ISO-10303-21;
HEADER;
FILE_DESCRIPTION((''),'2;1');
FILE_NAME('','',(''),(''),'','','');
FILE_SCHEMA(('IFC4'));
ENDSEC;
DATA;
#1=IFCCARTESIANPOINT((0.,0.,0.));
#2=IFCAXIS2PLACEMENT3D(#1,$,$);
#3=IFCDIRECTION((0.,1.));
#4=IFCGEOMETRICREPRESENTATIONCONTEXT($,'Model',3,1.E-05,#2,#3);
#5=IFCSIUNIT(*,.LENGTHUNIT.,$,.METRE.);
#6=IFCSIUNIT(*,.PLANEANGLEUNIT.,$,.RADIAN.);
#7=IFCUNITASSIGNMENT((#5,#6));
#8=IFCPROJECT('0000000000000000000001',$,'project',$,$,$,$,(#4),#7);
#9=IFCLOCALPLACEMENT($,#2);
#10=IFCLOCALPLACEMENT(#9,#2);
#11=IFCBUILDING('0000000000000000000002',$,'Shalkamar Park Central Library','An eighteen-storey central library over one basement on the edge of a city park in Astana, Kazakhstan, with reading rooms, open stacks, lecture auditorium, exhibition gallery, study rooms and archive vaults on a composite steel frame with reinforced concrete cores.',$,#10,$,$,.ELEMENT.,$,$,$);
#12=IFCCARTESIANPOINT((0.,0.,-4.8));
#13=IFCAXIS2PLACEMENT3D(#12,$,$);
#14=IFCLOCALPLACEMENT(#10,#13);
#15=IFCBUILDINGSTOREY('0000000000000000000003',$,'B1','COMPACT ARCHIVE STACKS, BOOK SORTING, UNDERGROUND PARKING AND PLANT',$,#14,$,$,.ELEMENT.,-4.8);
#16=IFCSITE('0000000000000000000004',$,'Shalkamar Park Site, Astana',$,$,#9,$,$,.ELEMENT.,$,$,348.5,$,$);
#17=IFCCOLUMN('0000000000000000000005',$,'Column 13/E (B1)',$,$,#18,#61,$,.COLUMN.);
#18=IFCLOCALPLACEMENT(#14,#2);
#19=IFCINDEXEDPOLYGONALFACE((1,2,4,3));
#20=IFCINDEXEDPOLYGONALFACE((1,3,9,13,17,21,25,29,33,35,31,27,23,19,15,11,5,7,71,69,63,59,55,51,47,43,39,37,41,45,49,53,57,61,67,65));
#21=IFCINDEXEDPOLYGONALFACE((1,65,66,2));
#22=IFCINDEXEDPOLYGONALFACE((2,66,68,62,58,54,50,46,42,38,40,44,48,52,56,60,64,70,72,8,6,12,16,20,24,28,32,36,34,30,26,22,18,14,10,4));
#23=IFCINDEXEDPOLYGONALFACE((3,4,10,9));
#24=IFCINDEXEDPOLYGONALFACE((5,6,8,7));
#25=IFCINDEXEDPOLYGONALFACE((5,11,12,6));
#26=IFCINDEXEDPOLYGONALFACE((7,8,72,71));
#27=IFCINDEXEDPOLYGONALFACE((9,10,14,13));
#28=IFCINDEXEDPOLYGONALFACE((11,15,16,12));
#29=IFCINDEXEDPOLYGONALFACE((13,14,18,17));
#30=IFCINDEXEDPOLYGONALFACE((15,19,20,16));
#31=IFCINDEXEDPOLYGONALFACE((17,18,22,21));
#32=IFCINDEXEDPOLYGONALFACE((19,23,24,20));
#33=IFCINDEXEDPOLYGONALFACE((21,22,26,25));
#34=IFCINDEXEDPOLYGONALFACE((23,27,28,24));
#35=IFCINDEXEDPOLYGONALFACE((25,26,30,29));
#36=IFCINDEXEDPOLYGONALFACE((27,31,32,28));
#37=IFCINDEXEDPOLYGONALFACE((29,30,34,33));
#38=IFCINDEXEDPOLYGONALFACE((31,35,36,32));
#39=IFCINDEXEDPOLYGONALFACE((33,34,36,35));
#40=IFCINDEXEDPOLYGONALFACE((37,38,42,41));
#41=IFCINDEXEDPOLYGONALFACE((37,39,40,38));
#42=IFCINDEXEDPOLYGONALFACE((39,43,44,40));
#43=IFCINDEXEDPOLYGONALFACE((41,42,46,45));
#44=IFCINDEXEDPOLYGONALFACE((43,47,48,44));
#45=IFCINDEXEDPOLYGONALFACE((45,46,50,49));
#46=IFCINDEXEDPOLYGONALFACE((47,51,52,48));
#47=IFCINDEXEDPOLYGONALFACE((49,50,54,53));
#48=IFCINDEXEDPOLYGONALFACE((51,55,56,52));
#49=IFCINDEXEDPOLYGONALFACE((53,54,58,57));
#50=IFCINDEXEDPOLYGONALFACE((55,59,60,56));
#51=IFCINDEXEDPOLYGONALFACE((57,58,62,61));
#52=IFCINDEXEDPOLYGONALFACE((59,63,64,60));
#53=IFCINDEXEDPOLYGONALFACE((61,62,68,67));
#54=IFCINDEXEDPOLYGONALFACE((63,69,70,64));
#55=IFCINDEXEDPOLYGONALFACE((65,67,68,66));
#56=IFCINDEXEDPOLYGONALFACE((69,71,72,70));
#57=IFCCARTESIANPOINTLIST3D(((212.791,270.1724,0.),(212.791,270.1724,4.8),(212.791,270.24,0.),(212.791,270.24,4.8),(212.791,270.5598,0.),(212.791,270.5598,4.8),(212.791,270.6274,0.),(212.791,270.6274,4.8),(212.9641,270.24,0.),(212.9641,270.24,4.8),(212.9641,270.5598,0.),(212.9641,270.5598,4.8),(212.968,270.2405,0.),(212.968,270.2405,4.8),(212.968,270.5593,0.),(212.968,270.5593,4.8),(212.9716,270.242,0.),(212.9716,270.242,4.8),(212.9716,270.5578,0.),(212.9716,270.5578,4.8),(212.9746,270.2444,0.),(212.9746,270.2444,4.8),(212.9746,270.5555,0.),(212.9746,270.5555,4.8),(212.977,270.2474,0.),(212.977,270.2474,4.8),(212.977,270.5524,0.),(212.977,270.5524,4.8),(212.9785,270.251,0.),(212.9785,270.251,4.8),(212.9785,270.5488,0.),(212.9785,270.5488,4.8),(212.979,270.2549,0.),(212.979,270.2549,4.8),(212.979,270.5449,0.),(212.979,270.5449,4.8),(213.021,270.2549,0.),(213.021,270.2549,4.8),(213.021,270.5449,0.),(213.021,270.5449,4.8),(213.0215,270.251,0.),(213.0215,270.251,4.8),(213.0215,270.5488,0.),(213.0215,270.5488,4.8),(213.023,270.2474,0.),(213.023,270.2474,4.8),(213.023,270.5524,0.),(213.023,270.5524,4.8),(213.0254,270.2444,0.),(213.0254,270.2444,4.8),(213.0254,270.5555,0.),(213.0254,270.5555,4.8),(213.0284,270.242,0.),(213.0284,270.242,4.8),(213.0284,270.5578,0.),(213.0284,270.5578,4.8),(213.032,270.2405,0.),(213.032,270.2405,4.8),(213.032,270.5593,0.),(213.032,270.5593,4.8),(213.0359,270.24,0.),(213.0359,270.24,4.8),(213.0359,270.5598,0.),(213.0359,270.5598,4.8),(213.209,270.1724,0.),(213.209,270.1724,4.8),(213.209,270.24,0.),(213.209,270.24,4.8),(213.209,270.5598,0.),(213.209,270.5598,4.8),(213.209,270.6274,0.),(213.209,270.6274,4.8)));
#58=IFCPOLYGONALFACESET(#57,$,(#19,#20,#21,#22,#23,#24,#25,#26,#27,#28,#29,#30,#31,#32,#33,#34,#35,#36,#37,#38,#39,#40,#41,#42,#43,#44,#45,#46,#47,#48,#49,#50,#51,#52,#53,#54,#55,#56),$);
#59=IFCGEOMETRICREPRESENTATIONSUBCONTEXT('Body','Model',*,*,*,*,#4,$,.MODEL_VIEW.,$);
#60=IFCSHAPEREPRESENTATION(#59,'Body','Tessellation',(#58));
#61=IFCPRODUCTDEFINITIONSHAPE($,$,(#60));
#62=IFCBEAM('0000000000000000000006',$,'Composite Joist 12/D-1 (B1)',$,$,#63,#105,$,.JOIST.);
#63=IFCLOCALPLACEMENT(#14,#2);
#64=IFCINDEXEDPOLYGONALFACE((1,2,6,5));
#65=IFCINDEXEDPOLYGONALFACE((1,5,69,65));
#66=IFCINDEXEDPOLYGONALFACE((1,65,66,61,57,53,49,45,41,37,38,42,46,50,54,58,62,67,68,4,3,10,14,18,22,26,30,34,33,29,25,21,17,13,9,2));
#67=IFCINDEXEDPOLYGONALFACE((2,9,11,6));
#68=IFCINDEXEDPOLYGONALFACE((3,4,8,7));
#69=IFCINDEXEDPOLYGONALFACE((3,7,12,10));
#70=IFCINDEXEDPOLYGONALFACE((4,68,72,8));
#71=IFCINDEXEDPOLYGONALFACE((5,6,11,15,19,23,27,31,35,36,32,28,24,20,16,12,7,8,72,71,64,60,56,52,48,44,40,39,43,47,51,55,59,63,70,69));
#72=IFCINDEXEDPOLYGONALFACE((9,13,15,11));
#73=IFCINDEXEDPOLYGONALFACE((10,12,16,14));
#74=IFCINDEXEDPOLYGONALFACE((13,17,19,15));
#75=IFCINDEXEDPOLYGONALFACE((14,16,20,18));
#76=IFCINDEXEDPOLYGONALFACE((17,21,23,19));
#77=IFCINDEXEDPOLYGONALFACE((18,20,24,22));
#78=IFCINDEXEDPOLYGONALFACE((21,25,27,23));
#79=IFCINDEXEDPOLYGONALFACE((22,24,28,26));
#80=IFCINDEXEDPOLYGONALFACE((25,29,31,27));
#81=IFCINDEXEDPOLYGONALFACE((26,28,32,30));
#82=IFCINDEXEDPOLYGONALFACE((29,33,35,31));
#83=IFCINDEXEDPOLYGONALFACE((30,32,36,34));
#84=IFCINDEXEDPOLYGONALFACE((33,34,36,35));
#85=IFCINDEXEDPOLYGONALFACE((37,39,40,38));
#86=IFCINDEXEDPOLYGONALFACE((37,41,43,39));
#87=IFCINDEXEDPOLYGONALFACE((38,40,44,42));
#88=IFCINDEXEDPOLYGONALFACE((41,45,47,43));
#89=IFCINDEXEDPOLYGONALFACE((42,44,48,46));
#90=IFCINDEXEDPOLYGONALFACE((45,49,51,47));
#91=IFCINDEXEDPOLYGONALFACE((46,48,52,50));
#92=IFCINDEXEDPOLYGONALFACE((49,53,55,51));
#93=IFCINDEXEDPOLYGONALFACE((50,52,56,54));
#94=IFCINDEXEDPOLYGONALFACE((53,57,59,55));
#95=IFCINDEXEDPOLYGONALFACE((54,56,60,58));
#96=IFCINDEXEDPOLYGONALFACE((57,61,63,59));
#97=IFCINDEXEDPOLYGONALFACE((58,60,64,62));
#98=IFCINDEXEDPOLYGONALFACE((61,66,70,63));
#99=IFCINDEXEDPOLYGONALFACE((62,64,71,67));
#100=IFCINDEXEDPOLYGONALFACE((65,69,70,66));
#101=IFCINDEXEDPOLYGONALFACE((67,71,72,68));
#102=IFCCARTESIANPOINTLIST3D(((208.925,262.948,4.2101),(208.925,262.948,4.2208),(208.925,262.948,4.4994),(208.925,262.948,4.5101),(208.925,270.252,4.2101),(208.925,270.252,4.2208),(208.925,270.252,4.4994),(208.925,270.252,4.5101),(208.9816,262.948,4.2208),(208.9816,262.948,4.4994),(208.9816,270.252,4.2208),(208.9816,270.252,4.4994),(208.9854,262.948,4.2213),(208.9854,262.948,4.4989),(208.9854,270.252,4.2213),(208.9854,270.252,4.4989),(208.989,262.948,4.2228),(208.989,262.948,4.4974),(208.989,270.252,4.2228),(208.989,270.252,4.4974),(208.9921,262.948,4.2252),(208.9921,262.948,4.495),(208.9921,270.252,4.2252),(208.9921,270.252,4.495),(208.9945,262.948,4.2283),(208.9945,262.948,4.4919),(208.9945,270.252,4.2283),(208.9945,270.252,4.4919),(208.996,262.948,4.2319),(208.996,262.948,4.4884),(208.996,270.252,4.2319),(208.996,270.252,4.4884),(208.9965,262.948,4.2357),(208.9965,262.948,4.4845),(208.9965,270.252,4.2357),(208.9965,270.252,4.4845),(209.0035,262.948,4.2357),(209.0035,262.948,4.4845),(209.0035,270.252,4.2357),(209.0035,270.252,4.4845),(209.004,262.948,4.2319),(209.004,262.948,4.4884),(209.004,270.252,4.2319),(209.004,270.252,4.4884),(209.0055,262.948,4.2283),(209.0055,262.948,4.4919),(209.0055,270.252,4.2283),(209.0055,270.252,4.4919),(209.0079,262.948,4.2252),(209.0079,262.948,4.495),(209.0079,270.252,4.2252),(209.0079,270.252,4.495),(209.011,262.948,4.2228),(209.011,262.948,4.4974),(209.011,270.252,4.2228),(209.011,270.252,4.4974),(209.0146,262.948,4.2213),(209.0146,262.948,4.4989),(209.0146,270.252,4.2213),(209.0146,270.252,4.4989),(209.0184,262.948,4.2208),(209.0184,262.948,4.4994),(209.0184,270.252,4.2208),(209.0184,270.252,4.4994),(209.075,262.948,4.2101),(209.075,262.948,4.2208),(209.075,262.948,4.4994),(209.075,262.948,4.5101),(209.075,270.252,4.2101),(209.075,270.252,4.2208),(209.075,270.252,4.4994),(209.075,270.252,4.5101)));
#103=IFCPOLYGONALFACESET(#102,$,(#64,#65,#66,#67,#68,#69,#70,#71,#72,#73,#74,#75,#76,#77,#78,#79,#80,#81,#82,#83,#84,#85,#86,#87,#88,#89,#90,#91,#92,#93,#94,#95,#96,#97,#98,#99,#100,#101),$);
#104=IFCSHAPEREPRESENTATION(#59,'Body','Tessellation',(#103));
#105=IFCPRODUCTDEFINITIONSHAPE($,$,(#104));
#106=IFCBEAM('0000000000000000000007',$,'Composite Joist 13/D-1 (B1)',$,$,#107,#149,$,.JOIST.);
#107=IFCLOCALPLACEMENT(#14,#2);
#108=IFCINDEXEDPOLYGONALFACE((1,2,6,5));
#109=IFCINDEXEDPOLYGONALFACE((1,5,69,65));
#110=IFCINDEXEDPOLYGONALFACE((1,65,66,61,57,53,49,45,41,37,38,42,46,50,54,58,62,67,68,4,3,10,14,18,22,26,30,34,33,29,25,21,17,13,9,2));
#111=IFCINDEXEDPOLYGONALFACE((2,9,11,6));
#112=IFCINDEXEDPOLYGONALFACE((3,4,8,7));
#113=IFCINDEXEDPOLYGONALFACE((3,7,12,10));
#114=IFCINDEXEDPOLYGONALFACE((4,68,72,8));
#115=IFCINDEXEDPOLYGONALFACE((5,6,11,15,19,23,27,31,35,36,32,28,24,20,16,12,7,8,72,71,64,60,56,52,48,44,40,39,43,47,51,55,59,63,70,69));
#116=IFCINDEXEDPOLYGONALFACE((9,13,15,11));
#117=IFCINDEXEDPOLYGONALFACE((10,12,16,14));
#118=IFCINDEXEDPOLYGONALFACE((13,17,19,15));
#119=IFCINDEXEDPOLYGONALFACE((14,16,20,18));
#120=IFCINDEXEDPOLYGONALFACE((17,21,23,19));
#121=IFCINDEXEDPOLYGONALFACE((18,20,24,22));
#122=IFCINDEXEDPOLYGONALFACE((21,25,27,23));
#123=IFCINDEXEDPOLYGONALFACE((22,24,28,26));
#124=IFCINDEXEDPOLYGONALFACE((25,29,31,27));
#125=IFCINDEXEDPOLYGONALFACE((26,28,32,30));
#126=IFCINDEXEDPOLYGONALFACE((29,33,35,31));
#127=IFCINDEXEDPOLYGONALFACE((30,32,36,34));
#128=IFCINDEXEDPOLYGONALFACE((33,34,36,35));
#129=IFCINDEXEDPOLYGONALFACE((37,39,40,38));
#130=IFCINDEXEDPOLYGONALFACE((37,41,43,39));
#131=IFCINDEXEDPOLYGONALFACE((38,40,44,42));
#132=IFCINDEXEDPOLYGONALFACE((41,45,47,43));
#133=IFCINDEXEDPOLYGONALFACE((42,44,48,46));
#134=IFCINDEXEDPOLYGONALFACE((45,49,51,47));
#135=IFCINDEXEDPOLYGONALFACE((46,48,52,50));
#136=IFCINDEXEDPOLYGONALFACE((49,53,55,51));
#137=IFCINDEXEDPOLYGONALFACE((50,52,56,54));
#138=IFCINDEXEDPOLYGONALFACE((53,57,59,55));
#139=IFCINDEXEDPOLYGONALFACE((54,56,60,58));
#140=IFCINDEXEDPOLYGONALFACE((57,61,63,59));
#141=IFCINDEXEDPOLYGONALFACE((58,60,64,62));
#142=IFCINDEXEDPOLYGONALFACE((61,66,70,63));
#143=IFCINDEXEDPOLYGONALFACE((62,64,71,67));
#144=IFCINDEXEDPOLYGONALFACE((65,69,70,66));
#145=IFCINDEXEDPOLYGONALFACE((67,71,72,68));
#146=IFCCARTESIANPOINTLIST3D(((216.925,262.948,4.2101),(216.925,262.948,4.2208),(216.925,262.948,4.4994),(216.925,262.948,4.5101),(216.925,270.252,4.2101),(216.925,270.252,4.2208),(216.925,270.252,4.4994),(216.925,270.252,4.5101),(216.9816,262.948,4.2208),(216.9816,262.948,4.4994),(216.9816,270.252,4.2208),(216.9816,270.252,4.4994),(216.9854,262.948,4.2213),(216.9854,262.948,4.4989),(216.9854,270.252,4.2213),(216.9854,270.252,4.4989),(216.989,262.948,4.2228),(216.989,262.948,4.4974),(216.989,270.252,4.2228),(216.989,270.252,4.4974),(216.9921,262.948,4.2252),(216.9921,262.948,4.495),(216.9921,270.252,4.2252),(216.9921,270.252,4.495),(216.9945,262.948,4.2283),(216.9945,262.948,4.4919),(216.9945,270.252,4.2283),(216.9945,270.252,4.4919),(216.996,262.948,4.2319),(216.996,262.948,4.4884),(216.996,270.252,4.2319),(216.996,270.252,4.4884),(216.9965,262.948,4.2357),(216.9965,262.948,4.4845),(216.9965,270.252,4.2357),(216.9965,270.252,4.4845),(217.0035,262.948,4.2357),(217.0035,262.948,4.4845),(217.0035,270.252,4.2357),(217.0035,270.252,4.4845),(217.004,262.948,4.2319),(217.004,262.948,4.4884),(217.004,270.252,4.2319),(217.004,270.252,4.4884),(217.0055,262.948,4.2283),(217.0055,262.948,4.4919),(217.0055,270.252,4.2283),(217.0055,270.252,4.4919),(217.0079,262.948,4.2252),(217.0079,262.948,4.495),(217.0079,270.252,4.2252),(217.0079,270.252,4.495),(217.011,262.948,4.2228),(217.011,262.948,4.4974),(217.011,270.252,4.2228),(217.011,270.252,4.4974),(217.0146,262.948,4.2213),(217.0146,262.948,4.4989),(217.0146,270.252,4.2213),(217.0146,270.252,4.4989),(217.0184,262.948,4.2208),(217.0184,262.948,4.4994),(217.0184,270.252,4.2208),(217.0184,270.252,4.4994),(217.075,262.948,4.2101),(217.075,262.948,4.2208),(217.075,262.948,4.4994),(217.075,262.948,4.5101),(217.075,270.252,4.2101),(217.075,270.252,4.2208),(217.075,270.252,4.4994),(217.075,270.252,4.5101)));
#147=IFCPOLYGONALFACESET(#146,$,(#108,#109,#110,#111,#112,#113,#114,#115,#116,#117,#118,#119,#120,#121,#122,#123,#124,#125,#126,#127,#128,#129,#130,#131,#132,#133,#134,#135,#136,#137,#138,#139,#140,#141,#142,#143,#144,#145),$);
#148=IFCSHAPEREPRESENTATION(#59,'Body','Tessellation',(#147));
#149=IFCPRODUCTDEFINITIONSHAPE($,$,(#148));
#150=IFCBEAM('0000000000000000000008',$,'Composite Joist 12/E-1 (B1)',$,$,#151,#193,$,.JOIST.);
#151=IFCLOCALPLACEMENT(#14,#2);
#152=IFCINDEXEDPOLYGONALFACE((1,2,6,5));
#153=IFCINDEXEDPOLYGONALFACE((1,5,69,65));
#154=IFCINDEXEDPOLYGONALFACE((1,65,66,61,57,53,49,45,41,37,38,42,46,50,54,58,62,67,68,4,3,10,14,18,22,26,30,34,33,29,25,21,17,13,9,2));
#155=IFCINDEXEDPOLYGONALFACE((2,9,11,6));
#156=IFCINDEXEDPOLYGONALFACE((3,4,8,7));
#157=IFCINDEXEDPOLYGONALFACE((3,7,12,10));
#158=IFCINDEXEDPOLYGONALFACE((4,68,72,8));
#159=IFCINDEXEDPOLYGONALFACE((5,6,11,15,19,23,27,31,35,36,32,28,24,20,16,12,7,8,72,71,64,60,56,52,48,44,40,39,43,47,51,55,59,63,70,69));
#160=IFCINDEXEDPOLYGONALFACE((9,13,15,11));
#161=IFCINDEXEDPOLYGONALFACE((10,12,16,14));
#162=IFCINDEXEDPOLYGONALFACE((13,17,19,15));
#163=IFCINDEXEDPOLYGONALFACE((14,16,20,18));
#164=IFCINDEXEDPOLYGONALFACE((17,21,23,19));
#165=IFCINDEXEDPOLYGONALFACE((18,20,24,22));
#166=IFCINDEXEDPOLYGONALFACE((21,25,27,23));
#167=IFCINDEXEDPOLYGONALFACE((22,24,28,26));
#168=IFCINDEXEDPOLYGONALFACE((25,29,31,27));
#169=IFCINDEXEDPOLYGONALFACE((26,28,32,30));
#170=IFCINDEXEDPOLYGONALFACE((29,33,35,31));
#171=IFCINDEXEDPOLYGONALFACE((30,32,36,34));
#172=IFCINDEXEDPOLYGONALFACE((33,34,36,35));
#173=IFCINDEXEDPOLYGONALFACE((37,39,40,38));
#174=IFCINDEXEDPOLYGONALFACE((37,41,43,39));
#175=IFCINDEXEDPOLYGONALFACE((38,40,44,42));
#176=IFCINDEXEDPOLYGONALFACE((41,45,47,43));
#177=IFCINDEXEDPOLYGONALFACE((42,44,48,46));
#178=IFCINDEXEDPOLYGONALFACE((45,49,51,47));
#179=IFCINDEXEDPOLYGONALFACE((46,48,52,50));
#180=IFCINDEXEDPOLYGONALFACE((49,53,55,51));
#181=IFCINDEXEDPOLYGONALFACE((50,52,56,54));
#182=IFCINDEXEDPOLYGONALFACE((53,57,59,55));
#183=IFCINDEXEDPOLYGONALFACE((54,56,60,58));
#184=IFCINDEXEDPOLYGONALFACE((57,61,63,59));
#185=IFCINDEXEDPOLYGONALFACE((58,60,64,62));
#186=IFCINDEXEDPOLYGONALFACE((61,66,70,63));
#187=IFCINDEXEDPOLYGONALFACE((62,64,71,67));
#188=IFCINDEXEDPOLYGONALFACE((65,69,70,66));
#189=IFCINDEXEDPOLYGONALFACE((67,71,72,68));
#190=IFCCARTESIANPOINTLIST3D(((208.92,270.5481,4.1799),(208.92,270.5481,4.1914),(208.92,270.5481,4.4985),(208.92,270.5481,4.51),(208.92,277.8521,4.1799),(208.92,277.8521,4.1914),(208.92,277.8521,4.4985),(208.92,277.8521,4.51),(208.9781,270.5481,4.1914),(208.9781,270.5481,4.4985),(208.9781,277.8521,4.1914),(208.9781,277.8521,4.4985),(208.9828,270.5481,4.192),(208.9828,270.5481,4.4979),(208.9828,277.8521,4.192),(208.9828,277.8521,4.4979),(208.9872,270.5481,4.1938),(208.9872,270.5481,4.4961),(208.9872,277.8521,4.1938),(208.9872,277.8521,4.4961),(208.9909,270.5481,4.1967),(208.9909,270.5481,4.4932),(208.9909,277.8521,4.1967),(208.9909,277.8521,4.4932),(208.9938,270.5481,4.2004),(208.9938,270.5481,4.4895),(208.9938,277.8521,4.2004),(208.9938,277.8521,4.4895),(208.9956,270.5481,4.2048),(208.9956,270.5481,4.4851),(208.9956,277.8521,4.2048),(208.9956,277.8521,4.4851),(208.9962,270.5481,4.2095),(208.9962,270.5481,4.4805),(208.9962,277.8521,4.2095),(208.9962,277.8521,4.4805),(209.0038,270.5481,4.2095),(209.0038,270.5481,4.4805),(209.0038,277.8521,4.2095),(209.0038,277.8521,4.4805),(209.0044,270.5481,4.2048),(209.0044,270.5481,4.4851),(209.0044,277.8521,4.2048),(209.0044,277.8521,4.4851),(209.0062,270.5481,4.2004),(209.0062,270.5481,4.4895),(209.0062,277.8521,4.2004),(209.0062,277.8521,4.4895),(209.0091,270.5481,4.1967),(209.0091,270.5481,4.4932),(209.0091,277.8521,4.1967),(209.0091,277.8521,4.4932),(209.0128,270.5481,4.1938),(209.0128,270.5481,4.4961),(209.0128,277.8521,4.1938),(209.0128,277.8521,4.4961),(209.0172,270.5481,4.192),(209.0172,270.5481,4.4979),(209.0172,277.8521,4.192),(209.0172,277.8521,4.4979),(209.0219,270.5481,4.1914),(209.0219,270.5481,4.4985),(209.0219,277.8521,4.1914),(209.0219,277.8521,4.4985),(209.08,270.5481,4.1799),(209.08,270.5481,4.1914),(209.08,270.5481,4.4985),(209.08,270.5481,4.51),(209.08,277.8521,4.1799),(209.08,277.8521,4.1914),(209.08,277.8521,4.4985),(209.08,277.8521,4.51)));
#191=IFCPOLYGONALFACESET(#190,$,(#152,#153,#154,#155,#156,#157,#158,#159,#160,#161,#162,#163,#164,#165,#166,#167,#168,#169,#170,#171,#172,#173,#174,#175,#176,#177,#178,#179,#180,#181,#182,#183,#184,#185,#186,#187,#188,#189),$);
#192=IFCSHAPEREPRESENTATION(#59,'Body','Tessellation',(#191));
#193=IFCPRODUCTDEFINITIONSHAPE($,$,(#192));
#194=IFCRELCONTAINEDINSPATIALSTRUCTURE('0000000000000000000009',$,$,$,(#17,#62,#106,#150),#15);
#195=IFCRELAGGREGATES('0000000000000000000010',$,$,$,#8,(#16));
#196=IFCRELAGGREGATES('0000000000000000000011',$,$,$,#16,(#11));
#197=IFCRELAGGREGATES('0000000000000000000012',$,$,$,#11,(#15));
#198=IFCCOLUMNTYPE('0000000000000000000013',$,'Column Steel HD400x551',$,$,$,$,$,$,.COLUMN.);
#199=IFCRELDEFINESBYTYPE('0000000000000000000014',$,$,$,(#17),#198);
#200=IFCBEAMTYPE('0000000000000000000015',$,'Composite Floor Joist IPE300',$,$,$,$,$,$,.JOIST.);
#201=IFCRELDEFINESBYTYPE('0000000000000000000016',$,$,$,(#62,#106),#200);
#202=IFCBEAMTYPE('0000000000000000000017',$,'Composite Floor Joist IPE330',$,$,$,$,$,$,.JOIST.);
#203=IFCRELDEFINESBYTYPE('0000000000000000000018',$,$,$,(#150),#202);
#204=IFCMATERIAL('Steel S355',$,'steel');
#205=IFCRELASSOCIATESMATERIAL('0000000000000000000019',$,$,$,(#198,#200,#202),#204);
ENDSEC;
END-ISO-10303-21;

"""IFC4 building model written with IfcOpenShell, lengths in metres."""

from ifc_helpers import new_model, si_unit, direction, frame, origin, origin_2d, place, context, subcontext, project, spatial, i_section, extrude, material, material_profile, profile_set, type_object, element, save


model = new_model("IFC4")

# Units and contexts
model_context = context("Model", 3, precision=1e-05, world=origin(), true_north=direction((0.0, 1.0)))
body_context = subcontext(model_context, "Body", "Model", "MODEL_VIEW")
ifc_project = project(units=[si_unit("LENGTHUNIT", "METRE"), si_unit("PLANEANGLEUNIT", "RADIAN")], contexts=[model_context])

# Site, building, storey
site_placement = place(None, origin())
site = spatial("IfcSite", under=ifc_project, at=site_placement, Name="Shalkamar Park Site, Astana", CompositionType="ELEMENT", RefElevation=348.5)
building_placement = place(site_placement, origin())
building = spatial("IfcBuilding", under=site, at=building_placement, Name="Shalkamar Park Central Library", Description="An eighteen-storey central library over one basement on the edge of a city park in Astana, Kazakhstan, with reading rooms, open stacks, lecture auditorium, exhibition gallery, study rooms and archive vaults on a composite steel frame with reinforced concrete cores.", CompositionType="ELEMENT")
storey_placement = place(building_placement, frame((0.0, 0.0, -4.8)))
storey = spatial("IfcBuildingStorey", under=building, at=storey_placement, Name="B1", Description="COMPACT ARCHIVE STACKS, BOOK SORTING, UNDERGROUND PARKING AND PLANT", CompositionType="ELEMENT", Elevation=-4.8)

# Column
ifc_material_1 = material(Name="Steel S355", Category="steel")
ifc_material_profile_1 = material_profile(ifc_material_1, i_section(OverallWidth=0.418, OverallDepth=0.4551, WebThickness=0.042, FlangeThickness=0.0676, FilletRadius=0.0149, at=origin_2d()), Name="HD 400x551")
ifc_profile_set_1 = profile_set([ifc_material_profile_1], Name="Steel S355")
column_type = type_object("IfcColumnType", Name="Column Steel HD400x551", PredefinedType="COLUMN", material=ifc_profile_set_1)
column_placement = place(storey_placement, frame((213.0, 270.3999, 0.0), z_axis=(0.0, 0.0, 1.0), x_axis=(1.0, 0.0, 0.0)))
element("IfcColumn", 1, at=column_placement, inside=storey, type_object=column_type, Name="Column 13/E (B1)", PredefinedType="COLUMN", context=body_context, shape_type="SweptSolid", body=[
    extrude(i_section(OverallWidth=0.418, OverallDepth=0.4551, WebThickness=0.042, FlangeThickness=0.0676, FilletRadius=0.0149, at=origin_2d()), origin(), (0.0, 0.0, 1.0), 4.8),
])

# Beams
ifc_material_profile_2 = material_profile(ifc_material_1, i_section(OverallWidth=0.1499, OverallDepth=0.3, WebThickness=0.0071, FlangeThickness=0.0107, FilletRadius=0.0149, at=origin_2d()), Name="IPE 300")
ifc_profile_set_2 = profile_set([ifc_material_profile_2], Name="Steel S355")
beam_type_1 = type_object("IfcBeamType", Name="Composite Floor Joist IPE300", PredefinedType="JOIST", material=ifc_profile_set_2)
for number, where, z_axis, x_axis, name in (
    (2, (209.0, 262.948, 4.3601), (0.0, 1.0, 0.0), (-1.0, 0.0, 0.0), "Composite Joist 12/D-1 (B1)"),
    (3, (217.0, 262.948, 4.3601), (0.0, 1.0, 0.0), (-1.0, 0.0, 0.0), "Composite Joist 13/D-1 (B1)"),
):
    element("IfcBeam", number, at=place(storey_placement, frame(where, z_axis=z_axis, x_axis=x_axis)), inside=storey, type_object=beam_type_1, Name=name, PredefinedType="JOIST", context=body_context, shape_type="SweptSolid", body=[
        extrude(i_section(OverallWidth=0.1499, OverallDepth=0.3, WebThickness=0.0071, FlangeThickness=0.0107, FilletRadius=0.0149, at=origin_2d()), origin(), (0.0, 0.0, 1.0), 7.304),
    ])
ifc_material_profile_3 = material_profile(ifc_material_1, i_section(OverallWidth=0.1599, OverallDepth=0.3301, WebThickness=0.0076, FlangeThickness=0.0115, FilletRadius=0.0181, at=origin_2d()), Name="IPE 330")
ifc_profile_set_3 = profile_set([ifc_material_profile_3], Name="Steel S355")
beam_type_2 = type_object("IfcBeamType", Name="Composite Floor Joist IPE330", PredefinedType="JOIST", material=ifc_profile_set_3)
for number, where, z_axis, x_axis, name in (
    (4, (209.0, 270.5481, 4.345), (0.0, 1.0, 0.0), (-1.0, 0.0, 0.0), "Composite Joist 12/E-1 (B1)"),
):
    element("IfcBeam", number, at=place(storey_placement, frame(where, z_axis=z_axis, x_axis=x_axis)), inside=storey, type_object=beam_type_2, Name=name, PredefinedType="JOIST", context=body_context, shape_type="SweptSolid", body=[
        extrude(i_section(OverallWidth=0.1599, OverallDepth=0.3301, WebThickness=0.0076, FlangeThickness=0.0115, FilletRadius=0.0181, at=origin_2d()), origin(), (0.0, 0.0, 1.0), 7.304),
    ])

save(model, "model.ifc")
